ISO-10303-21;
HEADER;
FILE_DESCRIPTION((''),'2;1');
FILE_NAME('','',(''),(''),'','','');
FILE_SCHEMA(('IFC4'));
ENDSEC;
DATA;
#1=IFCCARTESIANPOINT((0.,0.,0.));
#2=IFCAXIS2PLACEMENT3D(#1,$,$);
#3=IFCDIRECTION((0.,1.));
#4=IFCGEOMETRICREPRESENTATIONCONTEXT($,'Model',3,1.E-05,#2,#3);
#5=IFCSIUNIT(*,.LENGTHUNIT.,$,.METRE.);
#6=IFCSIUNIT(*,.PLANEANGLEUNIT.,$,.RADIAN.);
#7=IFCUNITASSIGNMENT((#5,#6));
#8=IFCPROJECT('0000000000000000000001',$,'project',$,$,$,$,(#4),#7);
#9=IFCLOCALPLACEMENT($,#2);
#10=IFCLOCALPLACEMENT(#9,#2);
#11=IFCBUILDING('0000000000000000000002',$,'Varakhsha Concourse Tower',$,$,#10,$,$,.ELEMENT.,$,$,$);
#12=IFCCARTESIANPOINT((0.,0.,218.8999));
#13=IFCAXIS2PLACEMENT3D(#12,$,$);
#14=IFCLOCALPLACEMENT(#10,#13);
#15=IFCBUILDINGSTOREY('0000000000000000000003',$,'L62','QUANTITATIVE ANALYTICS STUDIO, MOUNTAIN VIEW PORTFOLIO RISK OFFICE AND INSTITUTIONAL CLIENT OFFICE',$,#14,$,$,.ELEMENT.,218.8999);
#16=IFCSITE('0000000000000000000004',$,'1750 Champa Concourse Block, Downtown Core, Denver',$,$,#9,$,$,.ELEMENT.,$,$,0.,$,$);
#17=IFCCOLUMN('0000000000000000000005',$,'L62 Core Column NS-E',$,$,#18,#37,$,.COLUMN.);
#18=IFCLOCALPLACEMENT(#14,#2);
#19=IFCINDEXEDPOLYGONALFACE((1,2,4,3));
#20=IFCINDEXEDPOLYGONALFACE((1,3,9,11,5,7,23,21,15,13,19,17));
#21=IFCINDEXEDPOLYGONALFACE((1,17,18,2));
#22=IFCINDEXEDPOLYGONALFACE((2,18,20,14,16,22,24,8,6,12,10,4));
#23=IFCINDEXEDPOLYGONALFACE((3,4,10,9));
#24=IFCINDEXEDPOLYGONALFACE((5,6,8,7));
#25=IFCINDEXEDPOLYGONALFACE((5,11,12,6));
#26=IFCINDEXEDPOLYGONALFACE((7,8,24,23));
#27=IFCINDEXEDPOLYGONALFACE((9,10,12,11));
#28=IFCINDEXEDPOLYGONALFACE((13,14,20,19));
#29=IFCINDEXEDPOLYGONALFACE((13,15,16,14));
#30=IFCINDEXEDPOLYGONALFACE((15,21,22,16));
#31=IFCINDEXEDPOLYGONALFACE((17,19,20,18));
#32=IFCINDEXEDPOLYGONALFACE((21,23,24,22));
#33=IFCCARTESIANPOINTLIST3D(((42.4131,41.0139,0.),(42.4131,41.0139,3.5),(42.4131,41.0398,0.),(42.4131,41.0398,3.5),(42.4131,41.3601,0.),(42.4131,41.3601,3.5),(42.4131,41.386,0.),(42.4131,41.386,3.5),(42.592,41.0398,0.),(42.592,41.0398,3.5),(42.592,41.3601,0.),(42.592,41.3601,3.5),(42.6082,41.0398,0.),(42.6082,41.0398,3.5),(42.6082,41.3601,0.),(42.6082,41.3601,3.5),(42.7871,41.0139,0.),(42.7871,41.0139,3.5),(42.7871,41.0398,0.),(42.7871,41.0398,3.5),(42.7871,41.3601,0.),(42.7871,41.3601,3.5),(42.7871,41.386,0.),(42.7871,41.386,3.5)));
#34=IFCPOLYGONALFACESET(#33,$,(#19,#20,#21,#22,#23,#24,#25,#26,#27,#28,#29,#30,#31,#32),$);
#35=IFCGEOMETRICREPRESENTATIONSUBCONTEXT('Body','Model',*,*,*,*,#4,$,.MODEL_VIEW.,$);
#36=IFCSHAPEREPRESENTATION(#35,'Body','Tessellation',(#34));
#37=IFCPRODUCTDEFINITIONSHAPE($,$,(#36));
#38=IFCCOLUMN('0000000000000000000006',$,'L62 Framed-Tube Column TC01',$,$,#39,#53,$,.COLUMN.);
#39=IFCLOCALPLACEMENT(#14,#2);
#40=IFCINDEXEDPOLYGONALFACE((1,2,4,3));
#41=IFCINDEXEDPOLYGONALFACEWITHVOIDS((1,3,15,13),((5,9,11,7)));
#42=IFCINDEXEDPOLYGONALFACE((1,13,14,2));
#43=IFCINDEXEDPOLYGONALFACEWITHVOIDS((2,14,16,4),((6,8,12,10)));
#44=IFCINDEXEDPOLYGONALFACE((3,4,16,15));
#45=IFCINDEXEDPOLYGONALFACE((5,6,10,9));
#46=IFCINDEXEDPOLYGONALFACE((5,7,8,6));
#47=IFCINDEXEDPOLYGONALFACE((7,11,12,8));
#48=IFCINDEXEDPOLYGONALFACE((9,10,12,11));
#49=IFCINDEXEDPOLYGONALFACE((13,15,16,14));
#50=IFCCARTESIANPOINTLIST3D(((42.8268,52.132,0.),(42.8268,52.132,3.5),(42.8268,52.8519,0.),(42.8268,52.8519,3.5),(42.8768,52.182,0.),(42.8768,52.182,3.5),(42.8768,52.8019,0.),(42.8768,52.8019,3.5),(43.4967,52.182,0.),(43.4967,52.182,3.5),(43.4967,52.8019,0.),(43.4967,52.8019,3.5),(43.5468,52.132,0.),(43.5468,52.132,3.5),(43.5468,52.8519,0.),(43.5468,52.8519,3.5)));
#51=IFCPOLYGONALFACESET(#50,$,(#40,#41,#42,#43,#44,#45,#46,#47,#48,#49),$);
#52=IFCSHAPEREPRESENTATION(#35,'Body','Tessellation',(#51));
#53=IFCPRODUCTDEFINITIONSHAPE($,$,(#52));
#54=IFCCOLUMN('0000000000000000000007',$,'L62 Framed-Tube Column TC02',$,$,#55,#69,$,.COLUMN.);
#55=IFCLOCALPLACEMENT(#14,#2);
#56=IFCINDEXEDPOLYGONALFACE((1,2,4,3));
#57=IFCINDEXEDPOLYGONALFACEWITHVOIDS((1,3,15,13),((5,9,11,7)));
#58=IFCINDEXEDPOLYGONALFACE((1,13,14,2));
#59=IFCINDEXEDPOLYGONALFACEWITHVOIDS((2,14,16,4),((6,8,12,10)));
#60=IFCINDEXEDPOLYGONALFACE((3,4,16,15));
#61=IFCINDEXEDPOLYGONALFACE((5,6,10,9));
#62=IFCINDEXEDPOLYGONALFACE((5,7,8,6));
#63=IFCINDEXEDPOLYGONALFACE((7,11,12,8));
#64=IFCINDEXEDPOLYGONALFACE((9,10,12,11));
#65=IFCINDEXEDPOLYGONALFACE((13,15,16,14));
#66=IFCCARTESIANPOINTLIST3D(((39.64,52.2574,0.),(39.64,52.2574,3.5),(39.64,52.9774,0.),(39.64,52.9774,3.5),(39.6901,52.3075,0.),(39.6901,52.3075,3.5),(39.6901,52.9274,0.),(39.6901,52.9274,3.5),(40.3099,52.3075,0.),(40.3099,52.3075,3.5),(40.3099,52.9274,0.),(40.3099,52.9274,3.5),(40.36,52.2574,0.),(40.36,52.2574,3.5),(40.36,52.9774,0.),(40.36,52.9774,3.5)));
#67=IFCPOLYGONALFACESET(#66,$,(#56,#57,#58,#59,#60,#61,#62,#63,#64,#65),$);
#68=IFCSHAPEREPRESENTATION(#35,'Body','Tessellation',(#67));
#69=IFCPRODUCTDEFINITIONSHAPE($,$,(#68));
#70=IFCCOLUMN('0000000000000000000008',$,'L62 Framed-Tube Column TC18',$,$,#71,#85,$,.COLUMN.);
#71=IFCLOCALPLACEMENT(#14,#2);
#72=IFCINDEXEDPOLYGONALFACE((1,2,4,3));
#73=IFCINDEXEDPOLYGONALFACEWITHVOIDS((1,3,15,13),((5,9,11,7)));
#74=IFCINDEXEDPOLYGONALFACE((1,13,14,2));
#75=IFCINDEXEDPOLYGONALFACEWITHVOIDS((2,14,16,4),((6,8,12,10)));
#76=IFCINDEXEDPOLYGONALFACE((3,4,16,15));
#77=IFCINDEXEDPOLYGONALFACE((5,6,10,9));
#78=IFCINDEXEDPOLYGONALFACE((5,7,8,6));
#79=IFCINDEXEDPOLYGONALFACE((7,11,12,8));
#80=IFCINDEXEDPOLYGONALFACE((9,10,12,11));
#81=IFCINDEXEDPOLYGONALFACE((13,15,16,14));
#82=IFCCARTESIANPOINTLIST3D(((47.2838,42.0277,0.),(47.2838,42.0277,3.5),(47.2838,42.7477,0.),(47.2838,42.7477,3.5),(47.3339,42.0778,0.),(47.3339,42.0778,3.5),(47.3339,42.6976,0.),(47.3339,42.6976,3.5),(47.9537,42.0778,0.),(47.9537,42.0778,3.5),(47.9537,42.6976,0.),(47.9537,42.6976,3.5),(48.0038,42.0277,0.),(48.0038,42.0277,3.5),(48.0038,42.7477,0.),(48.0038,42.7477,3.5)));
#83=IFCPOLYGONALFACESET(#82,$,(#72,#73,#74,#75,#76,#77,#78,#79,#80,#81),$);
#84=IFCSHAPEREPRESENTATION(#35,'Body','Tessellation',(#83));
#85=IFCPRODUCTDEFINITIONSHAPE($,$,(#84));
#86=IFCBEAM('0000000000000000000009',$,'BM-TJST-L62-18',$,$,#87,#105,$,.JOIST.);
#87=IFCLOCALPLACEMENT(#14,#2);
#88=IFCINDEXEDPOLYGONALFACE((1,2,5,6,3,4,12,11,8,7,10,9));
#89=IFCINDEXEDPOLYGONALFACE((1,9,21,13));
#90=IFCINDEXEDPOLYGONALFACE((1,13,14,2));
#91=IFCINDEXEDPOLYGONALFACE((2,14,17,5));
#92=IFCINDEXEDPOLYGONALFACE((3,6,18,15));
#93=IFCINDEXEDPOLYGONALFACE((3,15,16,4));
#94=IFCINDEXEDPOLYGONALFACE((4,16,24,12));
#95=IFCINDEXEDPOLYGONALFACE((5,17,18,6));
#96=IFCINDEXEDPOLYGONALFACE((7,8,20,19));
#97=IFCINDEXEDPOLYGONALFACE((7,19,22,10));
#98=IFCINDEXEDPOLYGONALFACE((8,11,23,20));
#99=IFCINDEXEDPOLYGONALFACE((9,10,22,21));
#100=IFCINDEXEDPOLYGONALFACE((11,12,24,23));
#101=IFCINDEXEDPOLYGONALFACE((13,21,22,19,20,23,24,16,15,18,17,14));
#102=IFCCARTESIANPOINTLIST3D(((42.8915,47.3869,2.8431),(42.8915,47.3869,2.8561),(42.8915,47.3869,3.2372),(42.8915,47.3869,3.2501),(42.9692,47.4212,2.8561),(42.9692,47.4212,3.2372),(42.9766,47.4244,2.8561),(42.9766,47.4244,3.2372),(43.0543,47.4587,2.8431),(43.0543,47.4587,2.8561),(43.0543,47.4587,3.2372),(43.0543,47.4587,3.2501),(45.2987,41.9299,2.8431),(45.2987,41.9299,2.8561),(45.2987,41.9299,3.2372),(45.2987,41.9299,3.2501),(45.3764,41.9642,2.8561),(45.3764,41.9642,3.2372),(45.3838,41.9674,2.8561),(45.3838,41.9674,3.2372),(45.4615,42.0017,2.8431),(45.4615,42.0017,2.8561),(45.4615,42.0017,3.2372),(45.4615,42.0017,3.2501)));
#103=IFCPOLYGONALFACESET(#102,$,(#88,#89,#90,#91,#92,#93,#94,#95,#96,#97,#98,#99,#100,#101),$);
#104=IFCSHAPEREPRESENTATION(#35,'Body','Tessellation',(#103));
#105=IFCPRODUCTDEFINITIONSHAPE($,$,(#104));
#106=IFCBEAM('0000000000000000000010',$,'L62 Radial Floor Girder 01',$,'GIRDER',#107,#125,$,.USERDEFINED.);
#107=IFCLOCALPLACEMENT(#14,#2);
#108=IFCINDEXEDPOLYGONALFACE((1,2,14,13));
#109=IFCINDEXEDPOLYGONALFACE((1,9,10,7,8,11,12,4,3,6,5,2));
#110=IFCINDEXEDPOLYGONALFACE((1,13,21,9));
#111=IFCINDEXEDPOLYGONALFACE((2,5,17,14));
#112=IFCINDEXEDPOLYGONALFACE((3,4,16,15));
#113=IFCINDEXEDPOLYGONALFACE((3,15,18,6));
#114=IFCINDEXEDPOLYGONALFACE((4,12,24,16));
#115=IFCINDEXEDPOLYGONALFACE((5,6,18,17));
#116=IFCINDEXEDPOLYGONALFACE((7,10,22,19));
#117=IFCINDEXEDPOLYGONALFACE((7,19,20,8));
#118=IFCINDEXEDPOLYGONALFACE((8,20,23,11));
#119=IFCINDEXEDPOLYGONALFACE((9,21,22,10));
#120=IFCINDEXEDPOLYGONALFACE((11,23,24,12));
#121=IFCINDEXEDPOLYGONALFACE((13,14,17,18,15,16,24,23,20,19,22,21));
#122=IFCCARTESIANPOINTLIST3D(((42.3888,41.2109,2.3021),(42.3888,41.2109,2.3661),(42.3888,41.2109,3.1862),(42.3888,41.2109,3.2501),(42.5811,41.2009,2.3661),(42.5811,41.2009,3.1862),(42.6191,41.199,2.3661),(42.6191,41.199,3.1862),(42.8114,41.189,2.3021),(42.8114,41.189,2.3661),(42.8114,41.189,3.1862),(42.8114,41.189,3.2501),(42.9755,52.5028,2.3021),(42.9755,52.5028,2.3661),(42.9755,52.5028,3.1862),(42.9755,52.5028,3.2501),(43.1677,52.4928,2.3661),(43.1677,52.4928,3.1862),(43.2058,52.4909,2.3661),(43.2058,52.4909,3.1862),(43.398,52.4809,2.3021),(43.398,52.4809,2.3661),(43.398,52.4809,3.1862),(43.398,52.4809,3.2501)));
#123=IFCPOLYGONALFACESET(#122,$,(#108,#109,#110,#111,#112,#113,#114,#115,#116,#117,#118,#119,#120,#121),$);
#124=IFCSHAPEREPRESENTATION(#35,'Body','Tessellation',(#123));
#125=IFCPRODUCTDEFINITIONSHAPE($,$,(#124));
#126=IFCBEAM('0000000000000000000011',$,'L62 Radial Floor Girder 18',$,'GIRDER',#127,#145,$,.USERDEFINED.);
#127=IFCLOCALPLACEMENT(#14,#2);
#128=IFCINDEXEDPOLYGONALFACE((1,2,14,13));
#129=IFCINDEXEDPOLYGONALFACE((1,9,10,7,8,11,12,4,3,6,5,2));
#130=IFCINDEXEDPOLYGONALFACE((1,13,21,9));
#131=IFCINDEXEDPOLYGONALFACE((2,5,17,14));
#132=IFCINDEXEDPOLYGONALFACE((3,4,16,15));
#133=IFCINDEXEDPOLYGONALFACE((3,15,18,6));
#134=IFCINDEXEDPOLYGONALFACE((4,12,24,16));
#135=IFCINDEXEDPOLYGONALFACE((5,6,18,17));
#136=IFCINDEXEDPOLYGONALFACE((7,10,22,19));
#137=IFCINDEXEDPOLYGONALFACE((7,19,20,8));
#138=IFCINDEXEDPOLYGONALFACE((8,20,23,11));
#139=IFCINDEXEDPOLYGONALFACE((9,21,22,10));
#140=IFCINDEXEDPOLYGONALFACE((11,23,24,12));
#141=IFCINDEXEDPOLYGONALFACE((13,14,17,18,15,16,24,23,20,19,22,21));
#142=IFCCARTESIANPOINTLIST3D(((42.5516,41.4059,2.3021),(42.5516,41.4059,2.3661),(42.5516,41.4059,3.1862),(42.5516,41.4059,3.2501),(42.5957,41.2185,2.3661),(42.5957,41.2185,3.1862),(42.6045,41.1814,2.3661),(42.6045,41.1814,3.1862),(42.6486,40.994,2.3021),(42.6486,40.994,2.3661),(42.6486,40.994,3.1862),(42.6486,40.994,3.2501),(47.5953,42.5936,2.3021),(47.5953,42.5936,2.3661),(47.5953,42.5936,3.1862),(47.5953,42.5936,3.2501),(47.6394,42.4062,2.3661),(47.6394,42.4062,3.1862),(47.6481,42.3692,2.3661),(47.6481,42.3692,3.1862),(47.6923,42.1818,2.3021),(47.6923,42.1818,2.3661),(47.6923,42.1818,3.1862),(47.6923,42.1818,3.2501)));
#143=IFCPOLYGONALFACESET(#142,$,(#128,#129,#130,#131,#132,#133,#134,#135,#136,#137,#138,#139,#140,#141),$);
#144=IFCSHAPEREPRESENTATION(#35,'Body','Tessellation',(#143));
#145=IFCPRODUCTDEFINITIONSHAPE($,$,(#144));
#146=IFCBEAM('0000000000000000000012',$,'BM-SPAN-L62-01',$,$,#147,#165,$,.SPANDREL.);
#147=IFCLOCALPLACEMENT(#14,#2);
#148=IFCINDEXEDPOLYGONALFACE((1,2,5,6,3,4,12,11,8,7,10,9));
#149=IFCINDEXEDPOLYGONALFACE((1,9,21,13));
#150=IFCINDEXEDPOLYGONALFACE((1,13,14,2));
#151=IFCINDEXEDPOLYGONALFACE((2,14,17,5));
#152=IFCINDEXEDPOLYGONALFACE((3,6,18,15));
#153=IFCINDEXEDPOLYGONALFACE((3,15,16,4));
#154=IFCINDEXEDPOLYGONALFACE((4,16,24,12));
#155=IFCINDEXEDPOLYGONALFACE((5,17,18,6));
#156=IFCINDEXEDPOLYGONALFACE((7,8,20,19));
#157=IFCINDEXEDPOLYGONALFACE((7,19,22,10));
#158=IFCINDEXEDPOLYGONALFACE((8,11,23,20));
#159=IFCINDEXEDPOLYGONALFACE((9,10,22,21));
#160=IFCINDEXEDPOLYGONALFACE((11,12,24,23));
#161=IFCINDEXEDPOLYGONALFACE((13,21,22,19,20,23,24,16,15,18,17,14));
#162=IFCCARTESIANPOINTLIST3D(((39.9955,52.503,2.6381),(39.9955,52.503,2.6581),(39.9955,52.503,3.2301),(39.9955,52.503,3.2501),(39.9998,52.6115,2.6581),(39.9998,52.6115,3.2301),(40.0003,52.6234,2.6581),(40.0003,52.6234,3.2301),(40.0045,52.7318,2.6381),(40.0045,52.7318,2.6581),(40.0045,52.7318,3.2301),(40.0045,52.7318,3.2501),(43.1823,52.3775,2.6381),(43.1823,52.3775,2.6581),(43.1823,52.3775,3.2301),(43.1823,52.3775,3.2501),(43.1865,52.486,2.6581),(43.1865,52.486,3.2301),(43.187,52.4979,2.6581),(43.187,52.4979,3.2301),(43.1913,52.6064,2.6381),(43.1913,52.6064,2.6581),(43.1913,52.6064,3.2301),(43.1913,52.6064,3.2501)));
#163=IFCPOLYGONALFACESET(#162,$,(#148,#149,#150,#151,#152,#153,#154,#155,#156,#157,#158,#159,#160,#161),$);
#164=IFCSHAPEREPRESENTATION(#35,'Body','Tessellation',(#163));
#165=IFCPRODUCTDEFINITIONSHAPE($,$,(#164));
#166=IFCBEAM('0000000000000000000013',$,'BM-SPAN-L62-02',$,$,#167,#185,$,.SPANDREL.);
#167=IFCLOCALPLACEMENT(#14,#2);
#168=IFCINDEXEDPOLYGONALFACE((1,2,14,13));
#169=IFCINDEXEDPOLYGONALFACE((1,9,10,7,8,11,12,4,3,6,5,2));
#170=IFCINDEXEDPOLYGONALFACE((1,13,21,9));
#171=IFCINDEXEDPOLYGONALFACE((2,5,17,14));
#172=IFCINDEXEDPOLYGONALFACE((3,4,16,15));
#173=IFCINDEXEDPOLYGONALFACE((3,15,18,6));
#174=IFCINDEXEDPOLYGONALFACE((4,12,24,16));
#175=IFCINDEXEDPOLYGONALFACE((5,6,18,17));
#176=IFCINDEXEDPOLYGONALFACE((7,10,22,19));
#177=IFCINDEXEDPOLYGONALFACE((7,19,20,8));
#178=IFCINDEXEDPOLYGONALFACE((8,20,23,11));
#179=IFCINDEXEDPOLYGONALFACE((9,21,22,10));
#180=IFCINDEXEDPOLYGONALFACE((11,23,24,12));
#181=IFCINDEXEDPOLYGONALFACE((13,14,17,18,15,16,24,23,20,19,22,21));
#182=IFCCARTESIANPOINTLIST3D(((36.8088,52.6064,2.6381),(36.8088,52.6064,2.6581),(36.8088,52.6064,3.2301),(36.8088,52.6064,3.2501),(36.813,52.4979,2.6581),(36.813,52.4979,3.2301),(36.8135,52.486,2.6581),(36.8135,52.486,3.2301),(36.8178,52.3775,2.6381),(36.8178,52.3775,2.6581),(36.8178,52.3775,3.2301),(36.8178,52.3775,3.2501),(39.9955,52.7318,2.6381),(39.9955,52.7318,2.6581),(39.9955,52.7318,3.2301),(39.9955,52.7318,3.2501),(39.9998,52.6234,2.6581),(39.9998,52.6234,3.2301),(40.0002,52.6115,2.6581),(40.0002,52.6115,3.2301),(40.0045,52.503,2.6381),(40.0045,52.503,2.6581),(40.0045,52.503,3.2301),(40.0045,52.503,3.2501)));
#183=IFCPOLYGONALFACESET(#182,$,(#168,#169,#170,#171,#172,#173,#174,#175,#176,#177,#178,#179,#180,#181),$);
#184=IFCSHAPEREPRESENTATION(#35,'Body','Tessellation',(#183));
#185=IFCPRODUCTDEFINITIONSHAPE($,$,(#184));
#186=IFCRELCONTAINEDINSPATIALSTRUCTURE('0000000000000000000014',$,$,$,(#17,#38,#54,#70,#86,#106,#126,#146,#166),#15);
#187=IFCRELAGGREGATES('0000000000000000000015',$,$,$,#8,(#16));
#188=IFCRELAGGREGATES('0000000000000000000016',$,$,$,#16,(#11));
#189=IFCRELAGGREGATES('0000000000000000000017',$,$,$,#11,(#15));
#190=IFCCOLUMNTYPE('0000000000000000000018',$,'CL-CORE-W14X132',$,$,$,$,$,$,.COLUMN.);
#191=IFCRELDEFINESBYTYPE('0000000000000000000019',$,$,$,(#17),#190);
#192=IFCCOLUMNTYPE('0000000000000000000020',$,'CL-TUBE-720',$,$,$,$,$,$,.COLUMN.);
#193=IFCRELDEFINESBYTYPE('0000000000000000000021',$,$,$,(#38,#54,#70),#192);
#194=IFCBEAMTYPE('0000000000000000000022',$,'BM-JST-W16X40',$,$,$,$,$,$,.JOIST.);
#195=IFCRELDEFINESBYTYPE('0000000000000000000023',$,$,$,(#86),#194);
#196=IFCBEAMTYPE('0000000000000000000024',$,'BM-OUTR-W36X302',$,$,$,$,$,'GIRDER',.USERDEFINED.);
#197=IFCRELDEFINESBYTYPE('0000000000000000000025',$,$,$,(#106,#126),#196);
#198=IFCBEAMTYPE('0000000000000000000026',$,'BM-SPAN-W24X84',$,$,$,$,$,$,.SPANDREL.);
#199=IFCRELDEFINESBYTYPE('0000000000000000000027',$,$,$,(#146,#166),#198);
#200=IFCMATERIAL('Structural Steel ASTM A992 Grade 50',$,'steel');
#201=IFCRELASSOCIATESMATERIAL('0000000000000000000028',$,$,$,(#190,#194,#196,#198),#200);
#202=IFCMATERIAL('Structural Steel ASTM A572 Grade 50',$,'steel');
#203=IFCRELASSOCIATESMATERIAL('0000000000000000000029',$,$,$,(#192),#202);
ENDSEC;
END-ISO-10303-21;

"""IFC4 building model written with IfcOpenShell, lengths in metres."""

from ifc_helpers import new_model, si_unit, direction, frame, origin, origin_2d, place, context, subcontext, project, spatial, hollow_rectangle, i_section, extrude, material, material_profile, profile_set, type_object, element, save


model = new_model("IFC4")

# Units and contexts
model_context = context("Model", 3, precision=1e-05, world=origin(), true_north=direction((0.0, 1.0)))
body_context = subcontext(model_context, "Body", "Model", "MODEL_VIEW")
ifc_project = project(units=[si_unit("LENGTHUNIT", "METRE"), si_unit("PLANEANGLEUNIT", "RADIAN")], contexts=[model_context])

# Site, building, storey
site_placement = place(None, origin())
site = spatial("IfcSite", under=ifc_project, at=site_placement, Name="1750 Champa Concourse Block, Downtown Core, Denver", CompositionType="ELEMENT", RefElevation=0.0)
building_placement = place(site_placement, origin())
building = spatial("IfcBuilding", under=site, at=building_placement, Name="Varakhsha Concourse Tower", CompositionType="ELEMENT")
storey_placement = place(building_placement, frame((0.0, 0.0, 218.8999)))
storey = spatial("IfcBuildingStorey", under=building, at=storey_placement, Name="L62", Description="QUANTITATIVE ANALYTICS STUDIO, MOUNTAIN VIEW PORTFOLIO RISK OFFICE AND INSTITUTIONAL CLIENT OFFICE", CompositionType="ELEMENT", Elevation=218.8999)

# Columns
ifc_material_1 = material(Name="Structural Steel ASTM A992 Grade 50", Category="steel")
ifc_material_profile_1 = material_profile(ifc_material_1, i_section(OverallWidth=0.374, OverallDepth=0.3721, WebThickness=0.0161, FlangeThickness=0.0259, at=origin_2d()), Name="W14X132")
ifc_profile_set_1 = profile_set([ifc_material_profile_1], Name="Structural Steel ASTM A992 Grade 50")
column_type_1 = type_object("IfcColumnType", Name="CL-CORE-W14X132", PredefinedType="COLUMN", material=ifc_profile_set_1)
column_placement = place(storey_placement, frame((42.6001, 41.2, 0.0), z_axis=(0.0, 0.0, 1.0), x_axis=(1.0, 0.0, 0.0)))
element("IfcColumn", 1, at=column_placement, inside=storey, type_object=column_type_1, Name="L62 Core Column NS-E", PredefinedType="COLUMN", context=body_context, shape_type="SweptSolid", body=[
    extrude(i_section(OverallWidth=0.374, OverallDepth=0.3721, WebThickness=0.0161, FlangeThickness=0.0259, at=origin_2d()), origin(), (0.0, 0.0, 1.0), 3.5),
])
ifc_material_2 = material(Name="Structural Steel ASTM A572 Grade 50", Category="steel")
ifc_material_profile_2 = material_profile(ifc_material_2, hollow_rectangle(XDim=0.72, YDim=0.72, WallThickness=0.05, at=origin_2d()), Name="BOX 720x720x50")
ifc_profile_set_2 = profile_set([ifc_material_profile_2], Name="Structural Steel ASTM A572 Grade 50")
column_type_2 = type_object("IfcColumnType", Name="CL-TUBE-720", PredefinedType="COLUMN", material=ifc_profile_set_2)
for number, where, z_axis, x_axis, name in (
    (2, (43.1868, 52.4919, 0.0), (0.0, 0.0, 1.0), (1.0, 0.0, 0.0), "L62 Framed-Tube Column TC01"),
    (3, (40.0, 52.6174, 0.0), (0.0, 0.0, 1.0), (1.0, 0.0, 0.0), "L62 Framed-Tube Column TC02"),
    (4, (47.6438, 42.3877, 0.0), (0.0, 0.0, 1.0), (1.0, 0.0, 0.0), "L62 Framed-Tube Column TC18"),
):
    element("IfcColumn", number, at=place(storey_placement, frame(where, z_axis=z_axis, x_axis=x_axis)), inside=storey, type_object=column_type_2, Name=name, PredefinedType="COLUMN", context=body_context, shape_type="SweptSolid", body=[
        extrude(hollow_rectangle(XDim=0.72, YDim=0.72, WallThickness=0.05, at=origin_2d()), origin(), (0.0, 0.0, 1.0), 3.5),
    ])

# Beams
ifc_material_profile_3 = material_profile(ifc_material_1, i_section(OverallWidth=0.178, OverallDepth=0.407, WebThickness=0.0081, FlangeThickness=0.0129, at=origin_2d()), Name="W16X40")
ifc_profile_set_3 = profile_set([ifc_material_profile_3], Name="Structural Steel ASTM A992 Grade 50")
beam_type_1 = type_object("IfcBeamType", Name="BM-JST-W16X40", PredefinedType="JOIST", material=ifc_profile_set_3)
beam_1_placement = place(storey_placement, frame((45.3801, 41.9658, 3.0466), z_axis=(-0.4036, 0.914936, 0.0), x_axis=(-0.914936, -0.4036, 0.0)))
element("IfcBeam", 5, at=beam_1_placement, inside=storey, type_object=beam_type_1, Name="BM-TJST-L62-18", PredefinedType="JOIST", context=body_context, shape_type="SweptSolid", body=[
    extrude(i_section(OverallWidth=0.178, OverallDepth=0.407, WebThickness=0.0081, FlangeThickness=0.0129, at=origin_2d()), origin(), (0.0, 0.0, 1.0), 5.9644),
])
ifc_material_profile_4 = material_profile(ifc_material_1, i_section(OverallWidth=0.4231, OverallDepth=0.948, WebThickness=0.0381, FlangeThickness=0.064, at=origin_2d()), Name="W36X302")
ifc_profile_set_4 = profile_set([ifc_material_profile_4], Name="Structural Steel ASTM A992 Grade 50")
beam_type_2 = type_object("IfcBeamType", Name="BM-OUTR-W36X302", ElementType="GIRDER", PredefinedType="USERDEFINED", material=ifc_profile_set_4)
beam_2_placement = place(storey_placement, frame((42.6001, 41.2, 2.7761), z_axis=(0.051885, 0.998653, 0.0), x_axis=(-0.998653, 0.051885, 0.0)))
element("IfcBeam", 6, at=beam_2_placement, inside=storey, type_object=beam_type_2, Name="L62 Radial Floor Girder 01", ObjectType="GIRDER", PredefinedType="USERDEFINED", context=body_context, shape_type="SweptSolid", body=[
    extrude(i_section(OverallWidth=0.4231, OverallDepth=0.948, WebThickness=0.0381, FlangeThickness=0.064, at=origin_2d()), origin(), (0.0, 0.0, 1.0), 11.3071),
])
beam_3_placement = place(storey_placement, frame((42.6001, 41.2, 2.7761), z_axis=(0.973375, 0.229221, 0.0), x_axis=(-0.229221, 0.973375, 0.0)))
element("IfcBeam", 7, at=beam_3_placement, inside=storey, type_object=beam_type_2, Name="L62 Radial Floor Girder 18", ObjectType="GIRDER", PredefinedType="USERDEFINED", context=body_context, shape_type="SweptSolid", body=[
    extrude(i_section(OverallWidth=0.4231, OverallDepth=0.948, WebThickness=0.0381, FlangeThickness=0.064, at=origin_2d()), origin(), (0.0, 0.0, 1.0), 5.1816),
])
ifc_material_profile_5 = material_profile(ifc_material_1, i_section(OverallWidth=0.229, OverallDepth=0.6121, WebThickness=0.012, FlangeThickness=0.02, at=origin_2d()), Name="W24X84")
ifc_profile_set_5 = profile_set([ifc_material_profile_5], Name="Structural Steel ASTM A992 Grade 50")
beam_type_3 = type_object("IfcBeamType", Name="BM-SPAN-W24X84", PredefinedType="SPANDREL", material=ifc_profile_set_5)
for number, where, z_axis, x_axis, name in (
    (8, (43.1868, 52.4919, 2.9441), (-0.999226, 0.039347, 0.0), (-0.039347, -0.999226, 0.0), "BM-SPAN-L62-01"),
    (9, (40.0, 52.6174, 2.9441), (-0.999226, -0.039347, 0.0), (0.039347, -0.999226, 0.0), "BM-SPAN-L62-02"),
):
    element("IfcBeam", number, at=place(storey_placement, frame(where, z_axis=z_axis, x_axis=x_axis)), inside=storey, type_object=beam_type_3, Name=name, PredefinedType="SPANDREL", context=body_context, shape_type="SweptSolid", body=[
        extrude(i_section(OverallWidth=0.229, OverallDepth=0.6121, WebThickness=0.012, FlangeThickness=0.02, at=origin_2d()), origin(), (0.0, 0.0, 1.0), 3.1892),
    ])

save(model, "model.ifc")
